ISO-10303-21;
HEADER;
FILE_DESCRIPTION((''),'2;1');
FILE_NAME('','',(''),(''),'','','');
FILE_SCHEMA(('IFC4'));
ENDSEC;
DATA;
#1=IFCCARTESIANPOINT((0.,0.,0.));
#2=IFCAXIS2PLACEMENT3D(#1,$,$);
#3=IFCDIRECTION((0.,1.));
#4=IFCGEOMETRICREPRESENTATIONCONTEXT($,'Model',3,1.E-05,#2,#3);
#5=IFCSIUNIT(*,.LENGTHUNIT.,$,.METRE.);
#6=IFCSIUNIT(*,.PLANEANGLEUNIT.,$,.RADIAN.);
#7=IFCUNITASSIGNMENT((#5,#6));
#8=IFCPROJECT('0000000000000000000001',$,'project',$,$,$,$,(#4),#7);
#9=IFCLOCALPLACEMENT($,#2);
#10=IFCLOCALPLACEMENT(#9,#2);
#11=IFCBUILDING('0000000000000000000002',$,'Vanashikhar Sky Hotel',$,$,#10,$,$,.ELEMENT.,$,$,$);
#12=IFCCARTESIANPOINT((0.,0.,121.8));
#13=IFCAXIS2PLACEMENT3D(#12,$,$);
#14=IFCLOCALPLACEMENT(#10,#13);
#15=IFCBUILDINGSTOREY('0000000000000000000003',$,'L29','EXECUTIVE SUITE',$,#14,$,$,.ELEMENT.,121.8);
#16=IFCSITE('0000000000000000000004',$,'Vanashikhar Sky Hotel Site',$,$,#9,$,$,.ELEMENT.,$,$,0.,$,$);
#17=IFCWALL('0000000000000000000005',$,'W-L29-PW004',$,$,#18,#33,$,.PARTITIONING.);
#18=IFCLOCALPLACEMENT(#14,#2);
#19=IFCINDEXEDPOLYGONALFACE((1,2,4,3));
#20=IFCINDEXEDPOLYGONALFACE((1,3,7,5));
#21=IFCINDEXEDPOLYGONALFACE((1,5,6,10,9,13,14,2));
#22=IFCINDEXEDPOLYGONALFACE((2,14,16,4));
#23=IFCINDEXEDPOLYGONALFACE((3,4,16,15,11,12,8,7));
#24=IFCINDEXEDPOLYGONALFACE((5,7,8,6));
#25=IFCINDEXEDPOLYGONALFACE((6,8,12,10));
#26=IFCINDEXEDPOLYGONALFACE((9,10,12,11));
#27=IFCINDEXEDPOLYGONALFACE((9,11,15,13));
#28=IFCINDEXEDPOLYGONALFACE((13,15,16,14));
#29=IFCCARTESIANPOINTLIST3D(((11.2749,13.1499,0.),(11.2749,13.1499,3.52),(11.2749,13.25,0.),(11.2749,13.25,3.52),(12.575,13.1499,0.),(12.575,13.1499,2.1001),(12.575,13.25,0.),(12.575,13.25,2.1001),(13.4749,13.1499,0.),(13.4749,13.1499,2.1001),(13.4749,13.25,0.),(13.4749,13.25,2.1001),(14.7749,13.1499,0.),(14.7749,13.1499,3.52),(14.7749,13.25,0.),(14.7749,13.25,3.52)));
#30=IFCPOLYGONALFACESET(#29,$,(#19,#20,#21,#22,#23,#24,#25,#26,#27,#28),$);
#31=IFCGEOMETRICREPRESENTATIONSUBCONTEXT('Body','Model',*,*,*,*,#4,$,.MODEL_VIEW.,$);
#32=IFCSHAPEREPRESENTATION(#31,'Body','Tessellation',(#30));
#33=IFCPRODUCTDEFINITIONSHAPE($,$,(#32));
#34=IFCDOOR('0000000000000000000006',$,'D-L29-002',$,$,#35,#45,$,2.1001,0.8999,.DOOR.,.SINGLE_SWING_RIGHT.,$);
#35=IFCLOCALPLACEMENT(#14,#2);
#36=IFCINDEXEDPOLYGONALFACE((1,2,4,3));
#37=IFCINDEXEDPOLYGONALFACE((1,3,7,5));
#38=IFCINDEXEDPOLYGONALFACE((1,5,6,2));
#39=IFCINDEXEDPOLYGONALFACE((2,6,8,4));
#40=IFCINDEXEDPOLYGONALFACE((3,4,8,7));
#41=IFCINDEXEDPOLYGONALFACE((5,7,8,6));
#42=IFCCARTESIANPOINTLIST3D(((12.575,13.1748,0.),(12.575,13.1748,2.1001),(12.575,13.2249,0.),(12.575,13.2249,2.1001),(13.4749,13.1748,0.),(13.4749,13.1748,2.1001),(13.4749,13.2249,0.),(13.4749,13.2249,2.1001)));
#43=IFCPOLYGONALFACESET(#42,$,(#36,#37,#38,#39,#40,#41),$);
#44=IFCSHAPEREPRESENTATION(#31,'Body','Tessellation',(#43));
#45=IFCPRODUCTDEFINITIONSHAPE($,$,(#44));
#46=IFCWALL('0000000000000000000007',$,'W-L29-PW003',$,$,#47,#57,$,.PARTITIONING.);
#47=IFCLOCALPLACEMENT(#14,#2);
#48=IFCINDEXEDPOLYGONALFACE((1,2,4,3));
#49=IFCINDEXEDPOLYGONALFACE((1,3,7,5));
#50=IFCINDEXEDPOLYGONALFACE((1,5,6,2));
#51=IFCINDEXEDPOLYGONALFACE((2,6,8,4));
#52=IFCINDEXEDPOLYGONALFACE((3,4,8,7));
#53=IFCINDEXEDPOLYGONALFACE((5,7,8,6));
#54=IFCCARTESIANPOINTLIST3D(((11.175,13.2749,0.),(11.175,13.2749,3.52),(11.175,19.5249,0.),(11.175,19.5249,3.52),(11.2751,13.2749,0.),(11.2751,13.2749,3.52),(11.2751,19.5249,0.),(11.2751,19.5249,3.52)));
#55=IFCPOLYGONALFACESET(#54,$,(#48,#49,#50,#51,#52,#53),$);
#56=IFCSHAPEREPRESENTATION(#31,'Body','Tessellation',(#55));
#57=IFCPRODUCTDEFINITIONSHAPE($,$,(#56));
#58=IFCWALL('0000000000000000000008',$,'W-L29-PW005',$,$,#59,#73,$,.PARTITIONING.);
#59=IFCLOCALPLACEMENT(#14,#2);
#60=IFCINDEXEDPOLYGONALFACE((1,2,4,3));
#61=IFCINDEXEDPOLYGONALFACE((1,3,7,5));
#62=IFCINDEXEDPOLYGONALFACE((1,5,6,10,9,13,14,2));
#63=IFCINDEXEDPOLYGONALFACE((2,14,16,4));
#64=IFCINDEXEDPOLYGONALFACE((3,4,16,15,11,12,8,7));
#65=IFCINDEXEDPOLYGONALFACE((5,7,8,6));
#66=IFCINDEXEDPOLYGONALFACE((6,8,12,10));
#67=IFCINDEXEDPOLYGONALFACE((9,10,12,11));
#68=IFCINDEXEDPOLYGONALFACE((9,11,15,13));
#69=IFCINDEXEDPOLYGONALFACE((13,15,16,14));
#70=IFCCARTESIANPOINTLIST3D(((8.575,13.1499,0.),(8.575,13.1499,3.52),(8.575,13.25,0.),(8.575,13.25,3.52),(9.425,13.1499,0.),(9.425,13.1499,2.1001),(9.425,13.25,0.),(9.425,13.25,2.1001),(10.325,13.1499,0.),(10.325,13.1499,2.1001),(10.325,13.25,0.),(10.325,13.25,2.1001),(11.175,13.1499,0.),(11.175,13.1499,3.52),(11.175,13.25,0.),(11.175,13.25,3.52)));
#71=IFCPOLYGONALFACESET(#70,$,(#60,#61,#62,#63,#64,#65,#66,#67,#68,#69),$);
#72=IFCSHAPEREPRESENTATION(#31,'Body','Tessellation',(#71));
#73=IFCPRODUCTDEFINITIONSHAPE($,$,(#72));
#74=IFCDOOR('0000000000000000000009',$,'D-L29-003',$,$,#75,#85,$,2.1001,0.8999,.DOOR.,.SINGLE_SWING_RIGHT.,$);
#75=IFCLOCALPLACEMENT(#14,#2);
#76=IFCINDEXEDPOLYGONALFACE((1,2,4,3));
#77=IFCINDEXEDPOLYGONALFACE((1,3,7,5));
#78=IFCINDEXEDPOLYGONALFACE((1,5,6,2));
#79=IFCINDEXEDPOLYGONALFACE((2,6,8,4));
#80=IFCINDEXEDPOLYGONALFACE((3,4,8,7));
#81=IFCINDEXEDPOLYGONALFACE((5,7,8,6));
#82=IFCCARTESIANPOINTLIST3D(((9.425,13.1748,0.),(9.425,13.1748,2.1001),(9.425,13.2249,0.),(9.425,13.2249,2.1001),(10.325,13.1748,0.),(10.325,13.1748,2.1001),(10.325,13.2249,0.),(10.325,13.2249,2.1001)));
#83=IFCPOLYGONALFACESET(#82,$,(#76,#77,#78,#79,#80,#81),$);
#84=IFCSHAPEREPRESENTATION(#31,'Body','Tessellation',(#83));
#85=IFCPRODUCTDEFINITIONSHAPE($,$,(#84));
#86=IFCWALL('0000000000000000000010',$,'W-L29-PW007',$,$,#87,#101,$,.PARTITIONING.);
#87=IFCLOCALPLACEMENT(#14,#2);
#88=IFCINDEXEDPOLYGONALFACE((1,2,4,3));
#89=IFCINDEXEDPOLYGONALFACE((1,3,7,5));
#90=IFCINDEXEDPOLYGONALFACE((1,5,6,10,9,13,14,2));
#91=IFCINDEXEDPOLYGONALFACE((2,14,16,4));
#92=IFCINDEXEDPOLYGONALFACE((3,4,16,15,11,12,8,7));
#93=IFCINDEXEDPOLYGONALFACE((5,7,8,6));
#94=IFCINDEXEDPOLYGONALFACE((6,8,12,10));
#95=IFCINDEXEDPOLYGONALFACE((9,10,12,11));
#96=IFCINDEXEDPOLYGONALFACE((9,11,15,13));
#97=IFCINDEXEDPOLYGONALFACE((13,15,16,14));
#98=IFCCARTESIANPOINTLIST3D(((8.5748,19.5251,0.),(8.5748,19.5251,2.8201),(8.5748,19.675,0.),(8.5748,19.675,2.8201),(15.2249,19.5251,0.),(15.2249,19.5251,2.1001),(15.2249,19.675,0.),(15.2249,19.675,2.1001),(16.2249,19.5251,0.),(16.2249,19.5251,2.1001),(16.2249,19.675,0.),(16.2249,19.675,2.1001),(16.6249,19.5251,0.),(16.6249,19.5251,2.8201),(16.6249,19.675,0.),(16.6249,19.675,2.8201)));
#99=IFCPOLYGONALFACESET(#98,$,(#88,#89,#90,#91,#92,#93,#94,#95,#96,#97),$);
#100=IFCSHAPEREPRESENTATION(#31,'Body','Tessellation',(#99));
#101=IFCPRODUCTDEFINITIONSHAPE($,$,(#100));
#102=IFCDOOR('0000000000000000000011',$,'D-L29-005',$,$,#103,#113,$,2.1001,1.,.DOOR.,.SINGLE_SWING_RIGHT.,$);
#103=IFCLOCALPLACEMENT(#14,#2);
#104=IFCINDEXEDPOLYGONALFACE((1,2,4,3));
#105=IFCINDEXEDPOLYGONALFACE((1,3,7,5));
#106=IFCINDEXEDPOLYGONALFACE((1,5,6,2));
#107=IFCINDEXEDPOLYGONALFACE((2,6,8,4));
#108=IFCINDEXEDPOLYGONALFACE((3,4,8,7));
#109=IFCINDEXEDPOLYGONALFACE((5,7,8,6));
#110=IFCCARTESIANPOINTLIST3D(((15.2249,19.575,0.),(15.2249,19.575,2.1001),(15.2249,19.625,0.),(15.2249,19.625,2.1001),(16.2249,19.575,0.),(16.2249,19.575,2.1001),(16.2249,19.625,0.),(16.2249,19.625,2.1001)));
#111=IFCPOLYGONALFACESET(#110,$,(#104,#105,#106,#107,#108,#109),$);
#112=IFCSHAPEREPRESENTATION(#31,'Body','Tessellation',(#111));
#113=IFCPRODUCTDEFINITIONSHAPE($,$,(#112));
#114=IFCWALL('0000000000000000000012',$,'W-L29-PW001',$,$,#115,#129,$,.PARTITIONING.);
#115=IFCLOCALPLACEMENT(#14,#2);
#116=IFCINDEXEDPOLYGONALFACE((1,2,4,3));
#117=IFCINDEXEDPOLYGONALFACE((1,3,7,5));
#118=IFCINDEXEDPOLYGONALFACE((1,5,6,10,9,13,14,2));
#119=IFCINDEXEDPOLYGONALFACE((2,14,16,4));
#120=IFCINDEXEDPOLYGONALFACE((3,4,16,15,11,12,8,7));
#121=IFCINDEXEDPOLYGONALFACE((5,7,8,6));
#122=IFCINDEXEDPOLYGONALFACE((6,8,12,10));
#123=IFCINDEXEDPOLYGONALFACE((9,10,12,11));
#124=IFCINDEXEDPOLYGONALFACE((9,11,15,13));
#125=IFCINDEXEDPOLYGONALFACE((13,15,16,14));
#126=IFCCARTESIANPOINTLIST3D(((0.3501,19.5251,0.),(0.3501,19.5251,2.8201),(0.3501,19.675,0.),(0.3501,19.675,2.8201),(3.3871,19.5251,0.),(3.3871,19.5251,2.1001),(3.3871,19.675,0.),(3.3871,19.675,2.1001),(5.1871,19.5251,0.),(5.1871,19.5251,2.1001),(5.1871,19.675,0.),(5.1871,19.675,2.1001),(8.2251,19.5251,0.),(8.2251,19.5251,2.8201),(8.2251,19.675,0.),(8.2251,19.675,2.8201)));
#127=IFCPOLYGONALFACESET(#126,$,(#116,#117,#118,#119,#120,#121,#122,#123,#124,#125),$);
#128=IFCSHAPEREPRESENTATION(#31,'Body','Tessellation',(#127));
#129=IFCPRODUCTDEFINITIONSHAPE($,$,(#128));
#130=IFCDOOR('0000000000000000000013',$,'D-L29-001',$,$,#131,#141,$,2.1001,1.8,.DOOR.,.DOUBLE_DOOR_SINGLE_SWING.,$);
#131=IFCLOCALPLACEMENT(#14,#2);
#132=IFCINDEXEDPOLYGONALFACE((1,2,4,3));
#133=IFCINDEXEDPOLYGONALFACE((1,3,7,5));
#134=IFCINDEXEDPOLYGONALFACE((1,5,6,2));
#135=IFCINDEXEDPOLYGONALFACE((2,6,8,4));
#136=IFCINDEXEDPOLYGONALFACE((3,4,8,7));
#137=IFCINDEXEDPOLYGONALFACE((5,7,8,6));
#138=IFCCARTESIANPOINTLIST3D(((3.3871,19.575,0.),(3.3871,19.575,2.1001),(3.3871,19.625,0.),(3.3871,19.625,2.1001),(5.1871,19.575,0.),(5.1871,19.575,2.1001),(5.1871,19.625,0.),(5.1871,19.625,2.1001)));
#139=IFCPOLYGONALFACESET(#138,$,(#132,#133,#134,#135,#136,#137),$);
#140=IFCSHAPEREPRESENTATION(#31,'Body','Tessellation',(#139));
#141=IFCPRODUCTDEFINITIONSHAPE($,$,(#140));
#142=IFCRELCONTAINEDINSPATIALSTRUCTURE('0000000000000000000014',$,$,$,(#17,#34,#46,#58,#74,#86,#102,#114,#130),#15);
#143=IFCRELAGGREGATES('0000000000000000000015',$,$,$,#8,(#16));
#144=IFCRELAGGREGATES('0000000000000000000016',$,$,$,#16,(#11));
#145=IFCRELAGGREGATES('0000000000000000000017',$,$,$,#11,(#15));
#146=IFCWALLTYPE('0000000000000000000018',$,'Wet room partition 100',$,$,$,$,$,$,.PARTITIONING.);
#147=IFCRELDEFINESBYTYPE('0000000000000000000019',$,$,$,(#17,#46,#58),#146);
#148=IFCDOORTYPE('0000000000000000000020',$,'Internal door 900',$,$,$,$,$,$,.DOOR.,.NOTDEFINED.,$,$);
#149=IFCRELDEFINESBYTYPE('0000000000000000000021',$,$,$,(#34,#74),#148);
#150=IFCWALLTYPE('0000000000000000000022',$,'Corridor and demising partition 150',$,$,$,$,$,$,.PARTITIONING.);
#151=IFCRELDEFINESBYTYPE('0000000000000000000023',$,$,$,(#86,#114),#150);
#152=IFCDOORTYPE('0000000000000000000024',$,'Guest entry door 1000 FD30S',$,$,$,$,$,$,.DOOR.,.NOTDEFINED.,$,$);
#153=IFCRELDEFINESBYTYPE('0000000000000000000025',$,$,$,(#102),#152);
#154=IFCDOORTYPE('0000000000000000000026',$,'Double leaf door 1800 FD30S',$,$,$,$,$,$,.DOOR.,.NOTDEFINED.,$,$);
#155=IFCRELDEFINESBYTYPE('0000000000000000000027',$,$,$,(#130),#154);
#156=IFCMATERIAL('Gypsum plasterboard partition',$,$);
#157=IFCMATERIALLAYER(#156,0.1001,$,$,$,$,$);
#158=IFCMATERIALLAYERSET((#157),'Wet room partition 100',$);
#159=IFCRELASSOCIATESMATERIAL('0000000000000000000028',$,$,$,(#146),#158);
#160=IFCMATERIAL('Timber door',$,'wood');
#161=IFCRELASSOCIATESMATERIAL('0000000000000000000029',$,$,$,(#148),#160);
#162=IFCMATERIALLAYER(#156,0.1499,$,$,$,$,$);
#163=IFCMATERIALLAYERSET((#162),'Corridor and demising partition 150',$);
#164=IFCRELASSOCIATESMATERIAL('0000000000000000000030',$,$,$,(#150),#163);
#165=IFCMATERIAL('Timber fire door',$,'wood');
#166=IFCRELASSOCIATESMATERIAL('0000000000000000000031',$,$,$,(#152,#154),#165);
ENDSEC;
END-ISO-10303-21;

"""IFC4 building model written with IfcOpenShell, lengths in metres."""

from ifc_helpers import new_model, si_unit, direction, frame, frame_2d, origin, place, context, subcontext, project, spatial, rectangle, extrude, source, transform, mapped, material, layer, layer_set, type_object, element, fill, save


model = new_model("IFC4")

# Units and contexts
model_context = context("Model", 3, precision=1e-05, world=origin(), true_north=direction((0.0, 1.0)))
body_context = subcontext(model_context, "Body", "Model", "MODEL_VIEW")
ifc_project = project(units=[si_unit("LENGTHUNIT", "METRE"), si_unit("PLANEANGLEUNIT", "RADIAN")], contexts=[model_context])

# Site, building, storey
site_placement = place(None, origin())
site = spatial("IfcSite", under=ifc_project, at=site_placement, Name="Vanashikhar Sky Hotel Site", CompositionType="ELEMENT", RefElevation=0.0)
building_placement = place(site_placement, origin())
building = spatial("IfcBuilding", under=site, at=building_placement, Name="Vanashikhar Sky Hotel", CompositionType="ELEMENT")
storey_placement = place(building_placement, frame((0.0, 0.0, 121.8)))
storey = spatial("IfcBuildingStorey", under=building, at=storey_placement, Name="L29", Description="EXECUTIVE SUITE", CompositionType="ELEMENT", Elevation=121.8)

# Wall, opening, door
ifc_material_1 = material(Name="Gypsum plasterboard partition")
ifc_layer_1 = layer(ifc_material_1, 0.1001)
ifc_layer_set_1 = layer_set([ifc_layer_1], Name="Wet room partition 100")
wall_type_1 = type_object("IfcWallType", Name="Wet room partition 100", PredefinedType="PARTITIONING", material=ifc_layer_set_1)
shared_shape_1 = source(origin(), body_context, "Body", "SweptSolid", [
    extrude(rectangle(XDim=3.5, YDim=0.1001, at=frame_2d((1.75, 0.0))), origin(), (0.0, 0.0, 1.0), 3.52),
])
wall_1_placement = place(storey_placement, frame((11.2749, 13.2, 0.0), z_axis=(0.0, 0.0, 1.0), x_axis=(1.0, 0.0, 0.0)))
wall_1 = element("IfcWall", 1, at=wall_1_placement, inside=storey, type_object=wall_type_1, Name="W-L29-PW004", PredefinedType="PARTITIONING", context=body_context, shape_type="MappedRepresentation", body=[
    mapped(shared_shape_1, transform((0.0, 0.0, 0.0), scale=1.0)),
])
shared_shape_2 = source(origin(), body_context, "Body", "SweptSolid", [
    extrude(rectangle(XDim=0.8999, YDim=2.1001, at=frame_2d((0.45, 1.05))), frame((0.0, 0.0601, 0.0), z_axis=(0.0, -1.0, 0.0), x_axis=(1.0, 0.0, 0.0)), (0.0, 0.0, 1.0), 0.1201),
])
opening_1_placement = place(wall_1_placement, frame((1.3, 0.0, 0.0)))
opening_1 = element("IfcOpeningElement", 2, at=opening_1_placement, cuts=wall_1, PredefinedType="OPENING", context=body_context, shape_type="MappedRepresentation", body=[
    mapped(shared_shape_2, transform((0.0, 0.0, 0.0), scale=1.0)),
])
ifc_material_2 = material(Name="Timber door", Category="wood")
door_type_1 = type_object("IfcDoorType", Name="Internal door 900", OperationType="NOTDEFINED", PredefinedType="DOOR", material=ifc_material_2)
shared_shape_3 = source(origin(), body_context, "Body", "SweptSolid", [
    extrude(rectangle(XDim=0.8999, YDim=2.1001, at=frame_2d((0.45, 1.05))), frame((0.0, 0.0249, 0.0), z_axis=(0.0, -1.0, 0.0), x_axis=(1.0, 0.0, 0.0)), (0.0, 0.0, 1.0), 0.05),
])
door_1_placement = place(opening_1_placement, origin())
door_1 = element("IfcDoor", 3, at=door_1_placement, inside=storey, type_object=door_type_1, Name="D-L29-002", OperationType="SINGLE_SWING_RIGHT", OverallHeight=2.1001, OverallWidth=0.8999, PredefinedType="DOOR", context=body_context, shape_type="MappedRepresentation", body=[
    mapped(shared_shape_3, transform((0.0, 0.0, 0.0), scale=1.0)),
])
fill(opening_1, door_1)

# Wall
shared_shape_4 = source(origin(), body_context, "Body", "SweptSolid", [
    extrude(rectangle(XDim=6.25, YDim=0.1001, at=frame_2d((3.125, 0.0))), origin(), (0.0, 0.0, 1.0), 3.52),
])
wall_2_placement = place(storey_placement, frame((11.2251, 13.2749, 0.0), z_axis=(0.0, 0.0, 1.0), x_axis=(0.0, 1.0, 0.0)))
element("IfcWall", 4, at=wall_2_placement, inside=storey, type_object=wall_type_1, Name="W-L29-PW003", PredefinedType="PARTITIONING", context=body_context, shape_type="MappedRepresentation", body=[
    mapped(shared_shape_4, transform((0.0, 0.0, 0.0), scale=1.0)),
])

# Walls, openings, doors
shared_shape_5 = source(origin(), body_context, "Body", "SweptSolid", [
    extrude(rectangle(XDim=2.6001, YDim=0.1001, at=frame_2d((1.3, 0.0))), origin(), (0.0, 0.0, 1.0), 3.52),
])
wall_3_placement = place(storey_placement, frame((8.575, 13.2, 0.0), z_axis=(0.0, 0.0, 1.0), x_axis=(1.0, 0.0, 0.0)))
wall_3 = element("IfcWall", 5, at=wall_3_placement, inside=storey, type_object=wall_type_1, Name="W-L29-PW005", PredefinedType="PARTITIONING", context=body_context, shape_type="MappedRepresentation", body=[
    mapped(shared_shape_5, transform((0.0, 0.0, 0.0), scale=1.0)),
])
opening_2_placement = place(wall_3_placement, frame((0.8501, 0.0, 0.0)))
opening_2 = element("IfcOpeningElement", 6, at=opening_2_placement, cuts=wall_3, PredefinedType="OPENING", context=body_context, shape_type="MappedRepresentation", body=[
    mapped(shared_shape_2, transform((0.0, 0.0, 0.0), scale=1.0)),
])
door_2_placement = place(opening_2_placement, origin())
door_2 = element("IfcDoor", 7, at=door_2_placement, inside=storey, type_object=door_type_1, Name="D-L29-003", OperationType="SINGLE_SWING_RIGHT", OverallHeight=2.1001, OverallWidth=0.8999, PredefinedType="DOOR", context=body_context, shape_type="MappedRepresentation", body=[
    mapped(shared_shape_3, transform((0.0, 0.0, 0.0), scale=1.0)),
])
fill(opening_2, door_2)
ifc_layer_2 = layer(ifc_material_1, 0.1499)
ifc_layer_set_2 = layer_set([ifc_layer_2], Name="Corridor and demising partition 150")
wall_type_2 = type_object("IfcWallType", Name="Corridor and demising partition 150", PredefinedType="PARTITIONING", material=ifc_layer_set_2)
shared_shape_6 = source(origin(), body_context, "Body", "SweptSolid", [
    extrude(rectangle(XDim=8.05, YDim=0.1499, at=frame_2d((4.0249, 0.0))), origin(), (0.0, 0.0, 1.0), 2.8201),
])
wall_4_placement = place(storey_placement, frame((8.575, 19.6001, 0.0), z_axis=(0.0, 0.0, 1.0), x_axis=(1.0, 0.0, 0.0)))
wall_4 = element("IfcWall", 8, at=wall_4_placement, inside=storey, type_object=wall_type_2, Name="W-L29-PW007", PredefinedType="PARTITIONING", context=body_context, shape_type="MappedRepresentation", body=[
    mapped(shared_shape_6, transform((0.0, 0.0, 0.0), scale=1.0)),
])
shared_shape_7 = source(origin(), body_context, "Body", "SweptSolid", [
    extrude(rectangle(XDim=1.0, YDim=2.1001, at=frame_2d((0.5, 1.05))), frame((0.0, 0.085, 0.0), z_axis=(0.0, -1.0, 0.0), x_axis=(1.0, 0.0, 0.0)), (0.0, 0.0, 1.0), 0.1699),
])
opening_3_placement = place(wall_4_placement, frame((6.6499, 0.0, 0.0)))
opening_3 = element("IfcOpeningElement", 9, at=opening_3_placement, cuts=wall_4, PredefinedType="OPENING", context=body_context, shape_type="MappedRepresentation", body=[
    mapped(shared_shape_7, transform((0.0, 0.0, 0.0), scale=1.0)),
])
ifc_material_3 = material(Name="Timber fire door", Category="wood")
door_type_2 = type_object("IfcDoorType", Name="Guest entry door 1000 FD30S", OperationType="NOTDEFINED", PredefinedType="DOOR", material=ifc_material_3)
shared_shape_8 = source(origin(), body_context, "Body", "SweptSolid", [
    extrude(rectangle(XDim=1.0, YDim=2.1001, at=frame_2d((0.5, 1.05))), frame((0.0, 0.0249, 0.0), z_axis=(0.0, -1.0, 0.0), x_axis=(1.0, 0.0, 0.0)), (0.0, 0.0, 1.0), 0.05),
])
door_3_placement = place(opening_3_placement, origin())
door_3 = element("IfcDoor", 10, at=door_3_placement, inside=storey, type_object=door_type_2, Name="D-L29-005", OperationType="SINGLE_SWING_RIGHT", OverallHeight=2.1001, OverallWidth=1.0, PredefinedType="DOOR", context=body_context, shape_type="MappedRepresentation", body=[
    mapped(shared_shape_8, transform((0.0, 0.0, 0.0), scale=1.0)),
])
fill(opening_3, door_3)
shared_shape_9 = source(origin(), body_context, "Body", "SweptSolid", [
    extrude(rectangle(XDim=7.875, YDim=0.1499, at=frame_2d((3.9375, 0.0))), origin(), (0.0, 0.0, 1.0), 2.8201),
])
wall_5_placement = place(storey_placement, frame((0.3501, 19.6001, 0.0), z_axis=(0.0, 0.0, 1.0), x_axis=(1.0, 0.0, 0.0)))
wall_5 = element("IfcWall", 11, at=wall_5_placement, inside=storey, type_object=wall_type_2, Name="W-L29-PW001", PredefinedType="PARTITIONING", context=body_context, shape_type="MappedRepresentation", body=[
    mapped(shared_shape_9, transform((0.0, 0.0, 0.0), scale=1.0)),
])
shared_shape_10 = source(origin(), body_context, "Body", "SweptSolid", [
    extrude(rectangle(XDim=1.8, YDim=2.1001, at=frame_2d((0.8999, 1.05))), frame((0.0, 0.085, 0.0), z_axis=(0.0, -1.0, 0.0), x_axis=(1.0, 0.0, 0.0)), (0.0, 0.0, 1.0), 0.1699),
])
opening_4_placement = place(wall_5_placement, frame((3.0371, 0.0, 0.0)))
opening_4 = element("IfcOpeningElement", 12, at=opening_4_placement, cuts=wall_5, PredefinedType="OPENING", context=body_context, shape_type="MappedRepresentation", body=[
    mapped(shared_shape_10, transform((0.0, 0.0, 0.0), scale=1.0)),
])
door_type_3 = type_object("IfcDoorType", Name="Double leaf door 1800 FD30S", OperationType="NOTDEFINED", PredefinedType="DOOR", material=ifc_material_3)
shared_shape_11 = source(origin(), body_context, "Body", "SweptSolid", [
    extrude(rectangle(XDim=1.8, YDim=2.1001, at=frame_2d((0.8999, 1.05))), frame((0.0, 0.0249, 0.0), z_axis=(0.0, -1.0, 0.0), x_axis=(1.0, 0.0, 0.0)), (0.0, 0.0, 1.0), 0.05),
])
door_4_placement = place(opening_4_placement, origin())
door_4 = element("IfcDoor", 13, at=door_4_placement, inside=storey, type_object=door_type_3, Name="D-L29-001", OperationType="DOUBLE_DOOR_SINGLE_SWING", OverallHeight=2.1001, OverallWidth=1.8, PredefinedType="DOOR", context=body_context, shape_type="MappedRepresentation", body=[
    mapped(shared_shape_11, transform((0.0, 0.0, 0.0), scale=1.0)),
])
fill(opening_4, door_4)

save(model, "model.ifc")
